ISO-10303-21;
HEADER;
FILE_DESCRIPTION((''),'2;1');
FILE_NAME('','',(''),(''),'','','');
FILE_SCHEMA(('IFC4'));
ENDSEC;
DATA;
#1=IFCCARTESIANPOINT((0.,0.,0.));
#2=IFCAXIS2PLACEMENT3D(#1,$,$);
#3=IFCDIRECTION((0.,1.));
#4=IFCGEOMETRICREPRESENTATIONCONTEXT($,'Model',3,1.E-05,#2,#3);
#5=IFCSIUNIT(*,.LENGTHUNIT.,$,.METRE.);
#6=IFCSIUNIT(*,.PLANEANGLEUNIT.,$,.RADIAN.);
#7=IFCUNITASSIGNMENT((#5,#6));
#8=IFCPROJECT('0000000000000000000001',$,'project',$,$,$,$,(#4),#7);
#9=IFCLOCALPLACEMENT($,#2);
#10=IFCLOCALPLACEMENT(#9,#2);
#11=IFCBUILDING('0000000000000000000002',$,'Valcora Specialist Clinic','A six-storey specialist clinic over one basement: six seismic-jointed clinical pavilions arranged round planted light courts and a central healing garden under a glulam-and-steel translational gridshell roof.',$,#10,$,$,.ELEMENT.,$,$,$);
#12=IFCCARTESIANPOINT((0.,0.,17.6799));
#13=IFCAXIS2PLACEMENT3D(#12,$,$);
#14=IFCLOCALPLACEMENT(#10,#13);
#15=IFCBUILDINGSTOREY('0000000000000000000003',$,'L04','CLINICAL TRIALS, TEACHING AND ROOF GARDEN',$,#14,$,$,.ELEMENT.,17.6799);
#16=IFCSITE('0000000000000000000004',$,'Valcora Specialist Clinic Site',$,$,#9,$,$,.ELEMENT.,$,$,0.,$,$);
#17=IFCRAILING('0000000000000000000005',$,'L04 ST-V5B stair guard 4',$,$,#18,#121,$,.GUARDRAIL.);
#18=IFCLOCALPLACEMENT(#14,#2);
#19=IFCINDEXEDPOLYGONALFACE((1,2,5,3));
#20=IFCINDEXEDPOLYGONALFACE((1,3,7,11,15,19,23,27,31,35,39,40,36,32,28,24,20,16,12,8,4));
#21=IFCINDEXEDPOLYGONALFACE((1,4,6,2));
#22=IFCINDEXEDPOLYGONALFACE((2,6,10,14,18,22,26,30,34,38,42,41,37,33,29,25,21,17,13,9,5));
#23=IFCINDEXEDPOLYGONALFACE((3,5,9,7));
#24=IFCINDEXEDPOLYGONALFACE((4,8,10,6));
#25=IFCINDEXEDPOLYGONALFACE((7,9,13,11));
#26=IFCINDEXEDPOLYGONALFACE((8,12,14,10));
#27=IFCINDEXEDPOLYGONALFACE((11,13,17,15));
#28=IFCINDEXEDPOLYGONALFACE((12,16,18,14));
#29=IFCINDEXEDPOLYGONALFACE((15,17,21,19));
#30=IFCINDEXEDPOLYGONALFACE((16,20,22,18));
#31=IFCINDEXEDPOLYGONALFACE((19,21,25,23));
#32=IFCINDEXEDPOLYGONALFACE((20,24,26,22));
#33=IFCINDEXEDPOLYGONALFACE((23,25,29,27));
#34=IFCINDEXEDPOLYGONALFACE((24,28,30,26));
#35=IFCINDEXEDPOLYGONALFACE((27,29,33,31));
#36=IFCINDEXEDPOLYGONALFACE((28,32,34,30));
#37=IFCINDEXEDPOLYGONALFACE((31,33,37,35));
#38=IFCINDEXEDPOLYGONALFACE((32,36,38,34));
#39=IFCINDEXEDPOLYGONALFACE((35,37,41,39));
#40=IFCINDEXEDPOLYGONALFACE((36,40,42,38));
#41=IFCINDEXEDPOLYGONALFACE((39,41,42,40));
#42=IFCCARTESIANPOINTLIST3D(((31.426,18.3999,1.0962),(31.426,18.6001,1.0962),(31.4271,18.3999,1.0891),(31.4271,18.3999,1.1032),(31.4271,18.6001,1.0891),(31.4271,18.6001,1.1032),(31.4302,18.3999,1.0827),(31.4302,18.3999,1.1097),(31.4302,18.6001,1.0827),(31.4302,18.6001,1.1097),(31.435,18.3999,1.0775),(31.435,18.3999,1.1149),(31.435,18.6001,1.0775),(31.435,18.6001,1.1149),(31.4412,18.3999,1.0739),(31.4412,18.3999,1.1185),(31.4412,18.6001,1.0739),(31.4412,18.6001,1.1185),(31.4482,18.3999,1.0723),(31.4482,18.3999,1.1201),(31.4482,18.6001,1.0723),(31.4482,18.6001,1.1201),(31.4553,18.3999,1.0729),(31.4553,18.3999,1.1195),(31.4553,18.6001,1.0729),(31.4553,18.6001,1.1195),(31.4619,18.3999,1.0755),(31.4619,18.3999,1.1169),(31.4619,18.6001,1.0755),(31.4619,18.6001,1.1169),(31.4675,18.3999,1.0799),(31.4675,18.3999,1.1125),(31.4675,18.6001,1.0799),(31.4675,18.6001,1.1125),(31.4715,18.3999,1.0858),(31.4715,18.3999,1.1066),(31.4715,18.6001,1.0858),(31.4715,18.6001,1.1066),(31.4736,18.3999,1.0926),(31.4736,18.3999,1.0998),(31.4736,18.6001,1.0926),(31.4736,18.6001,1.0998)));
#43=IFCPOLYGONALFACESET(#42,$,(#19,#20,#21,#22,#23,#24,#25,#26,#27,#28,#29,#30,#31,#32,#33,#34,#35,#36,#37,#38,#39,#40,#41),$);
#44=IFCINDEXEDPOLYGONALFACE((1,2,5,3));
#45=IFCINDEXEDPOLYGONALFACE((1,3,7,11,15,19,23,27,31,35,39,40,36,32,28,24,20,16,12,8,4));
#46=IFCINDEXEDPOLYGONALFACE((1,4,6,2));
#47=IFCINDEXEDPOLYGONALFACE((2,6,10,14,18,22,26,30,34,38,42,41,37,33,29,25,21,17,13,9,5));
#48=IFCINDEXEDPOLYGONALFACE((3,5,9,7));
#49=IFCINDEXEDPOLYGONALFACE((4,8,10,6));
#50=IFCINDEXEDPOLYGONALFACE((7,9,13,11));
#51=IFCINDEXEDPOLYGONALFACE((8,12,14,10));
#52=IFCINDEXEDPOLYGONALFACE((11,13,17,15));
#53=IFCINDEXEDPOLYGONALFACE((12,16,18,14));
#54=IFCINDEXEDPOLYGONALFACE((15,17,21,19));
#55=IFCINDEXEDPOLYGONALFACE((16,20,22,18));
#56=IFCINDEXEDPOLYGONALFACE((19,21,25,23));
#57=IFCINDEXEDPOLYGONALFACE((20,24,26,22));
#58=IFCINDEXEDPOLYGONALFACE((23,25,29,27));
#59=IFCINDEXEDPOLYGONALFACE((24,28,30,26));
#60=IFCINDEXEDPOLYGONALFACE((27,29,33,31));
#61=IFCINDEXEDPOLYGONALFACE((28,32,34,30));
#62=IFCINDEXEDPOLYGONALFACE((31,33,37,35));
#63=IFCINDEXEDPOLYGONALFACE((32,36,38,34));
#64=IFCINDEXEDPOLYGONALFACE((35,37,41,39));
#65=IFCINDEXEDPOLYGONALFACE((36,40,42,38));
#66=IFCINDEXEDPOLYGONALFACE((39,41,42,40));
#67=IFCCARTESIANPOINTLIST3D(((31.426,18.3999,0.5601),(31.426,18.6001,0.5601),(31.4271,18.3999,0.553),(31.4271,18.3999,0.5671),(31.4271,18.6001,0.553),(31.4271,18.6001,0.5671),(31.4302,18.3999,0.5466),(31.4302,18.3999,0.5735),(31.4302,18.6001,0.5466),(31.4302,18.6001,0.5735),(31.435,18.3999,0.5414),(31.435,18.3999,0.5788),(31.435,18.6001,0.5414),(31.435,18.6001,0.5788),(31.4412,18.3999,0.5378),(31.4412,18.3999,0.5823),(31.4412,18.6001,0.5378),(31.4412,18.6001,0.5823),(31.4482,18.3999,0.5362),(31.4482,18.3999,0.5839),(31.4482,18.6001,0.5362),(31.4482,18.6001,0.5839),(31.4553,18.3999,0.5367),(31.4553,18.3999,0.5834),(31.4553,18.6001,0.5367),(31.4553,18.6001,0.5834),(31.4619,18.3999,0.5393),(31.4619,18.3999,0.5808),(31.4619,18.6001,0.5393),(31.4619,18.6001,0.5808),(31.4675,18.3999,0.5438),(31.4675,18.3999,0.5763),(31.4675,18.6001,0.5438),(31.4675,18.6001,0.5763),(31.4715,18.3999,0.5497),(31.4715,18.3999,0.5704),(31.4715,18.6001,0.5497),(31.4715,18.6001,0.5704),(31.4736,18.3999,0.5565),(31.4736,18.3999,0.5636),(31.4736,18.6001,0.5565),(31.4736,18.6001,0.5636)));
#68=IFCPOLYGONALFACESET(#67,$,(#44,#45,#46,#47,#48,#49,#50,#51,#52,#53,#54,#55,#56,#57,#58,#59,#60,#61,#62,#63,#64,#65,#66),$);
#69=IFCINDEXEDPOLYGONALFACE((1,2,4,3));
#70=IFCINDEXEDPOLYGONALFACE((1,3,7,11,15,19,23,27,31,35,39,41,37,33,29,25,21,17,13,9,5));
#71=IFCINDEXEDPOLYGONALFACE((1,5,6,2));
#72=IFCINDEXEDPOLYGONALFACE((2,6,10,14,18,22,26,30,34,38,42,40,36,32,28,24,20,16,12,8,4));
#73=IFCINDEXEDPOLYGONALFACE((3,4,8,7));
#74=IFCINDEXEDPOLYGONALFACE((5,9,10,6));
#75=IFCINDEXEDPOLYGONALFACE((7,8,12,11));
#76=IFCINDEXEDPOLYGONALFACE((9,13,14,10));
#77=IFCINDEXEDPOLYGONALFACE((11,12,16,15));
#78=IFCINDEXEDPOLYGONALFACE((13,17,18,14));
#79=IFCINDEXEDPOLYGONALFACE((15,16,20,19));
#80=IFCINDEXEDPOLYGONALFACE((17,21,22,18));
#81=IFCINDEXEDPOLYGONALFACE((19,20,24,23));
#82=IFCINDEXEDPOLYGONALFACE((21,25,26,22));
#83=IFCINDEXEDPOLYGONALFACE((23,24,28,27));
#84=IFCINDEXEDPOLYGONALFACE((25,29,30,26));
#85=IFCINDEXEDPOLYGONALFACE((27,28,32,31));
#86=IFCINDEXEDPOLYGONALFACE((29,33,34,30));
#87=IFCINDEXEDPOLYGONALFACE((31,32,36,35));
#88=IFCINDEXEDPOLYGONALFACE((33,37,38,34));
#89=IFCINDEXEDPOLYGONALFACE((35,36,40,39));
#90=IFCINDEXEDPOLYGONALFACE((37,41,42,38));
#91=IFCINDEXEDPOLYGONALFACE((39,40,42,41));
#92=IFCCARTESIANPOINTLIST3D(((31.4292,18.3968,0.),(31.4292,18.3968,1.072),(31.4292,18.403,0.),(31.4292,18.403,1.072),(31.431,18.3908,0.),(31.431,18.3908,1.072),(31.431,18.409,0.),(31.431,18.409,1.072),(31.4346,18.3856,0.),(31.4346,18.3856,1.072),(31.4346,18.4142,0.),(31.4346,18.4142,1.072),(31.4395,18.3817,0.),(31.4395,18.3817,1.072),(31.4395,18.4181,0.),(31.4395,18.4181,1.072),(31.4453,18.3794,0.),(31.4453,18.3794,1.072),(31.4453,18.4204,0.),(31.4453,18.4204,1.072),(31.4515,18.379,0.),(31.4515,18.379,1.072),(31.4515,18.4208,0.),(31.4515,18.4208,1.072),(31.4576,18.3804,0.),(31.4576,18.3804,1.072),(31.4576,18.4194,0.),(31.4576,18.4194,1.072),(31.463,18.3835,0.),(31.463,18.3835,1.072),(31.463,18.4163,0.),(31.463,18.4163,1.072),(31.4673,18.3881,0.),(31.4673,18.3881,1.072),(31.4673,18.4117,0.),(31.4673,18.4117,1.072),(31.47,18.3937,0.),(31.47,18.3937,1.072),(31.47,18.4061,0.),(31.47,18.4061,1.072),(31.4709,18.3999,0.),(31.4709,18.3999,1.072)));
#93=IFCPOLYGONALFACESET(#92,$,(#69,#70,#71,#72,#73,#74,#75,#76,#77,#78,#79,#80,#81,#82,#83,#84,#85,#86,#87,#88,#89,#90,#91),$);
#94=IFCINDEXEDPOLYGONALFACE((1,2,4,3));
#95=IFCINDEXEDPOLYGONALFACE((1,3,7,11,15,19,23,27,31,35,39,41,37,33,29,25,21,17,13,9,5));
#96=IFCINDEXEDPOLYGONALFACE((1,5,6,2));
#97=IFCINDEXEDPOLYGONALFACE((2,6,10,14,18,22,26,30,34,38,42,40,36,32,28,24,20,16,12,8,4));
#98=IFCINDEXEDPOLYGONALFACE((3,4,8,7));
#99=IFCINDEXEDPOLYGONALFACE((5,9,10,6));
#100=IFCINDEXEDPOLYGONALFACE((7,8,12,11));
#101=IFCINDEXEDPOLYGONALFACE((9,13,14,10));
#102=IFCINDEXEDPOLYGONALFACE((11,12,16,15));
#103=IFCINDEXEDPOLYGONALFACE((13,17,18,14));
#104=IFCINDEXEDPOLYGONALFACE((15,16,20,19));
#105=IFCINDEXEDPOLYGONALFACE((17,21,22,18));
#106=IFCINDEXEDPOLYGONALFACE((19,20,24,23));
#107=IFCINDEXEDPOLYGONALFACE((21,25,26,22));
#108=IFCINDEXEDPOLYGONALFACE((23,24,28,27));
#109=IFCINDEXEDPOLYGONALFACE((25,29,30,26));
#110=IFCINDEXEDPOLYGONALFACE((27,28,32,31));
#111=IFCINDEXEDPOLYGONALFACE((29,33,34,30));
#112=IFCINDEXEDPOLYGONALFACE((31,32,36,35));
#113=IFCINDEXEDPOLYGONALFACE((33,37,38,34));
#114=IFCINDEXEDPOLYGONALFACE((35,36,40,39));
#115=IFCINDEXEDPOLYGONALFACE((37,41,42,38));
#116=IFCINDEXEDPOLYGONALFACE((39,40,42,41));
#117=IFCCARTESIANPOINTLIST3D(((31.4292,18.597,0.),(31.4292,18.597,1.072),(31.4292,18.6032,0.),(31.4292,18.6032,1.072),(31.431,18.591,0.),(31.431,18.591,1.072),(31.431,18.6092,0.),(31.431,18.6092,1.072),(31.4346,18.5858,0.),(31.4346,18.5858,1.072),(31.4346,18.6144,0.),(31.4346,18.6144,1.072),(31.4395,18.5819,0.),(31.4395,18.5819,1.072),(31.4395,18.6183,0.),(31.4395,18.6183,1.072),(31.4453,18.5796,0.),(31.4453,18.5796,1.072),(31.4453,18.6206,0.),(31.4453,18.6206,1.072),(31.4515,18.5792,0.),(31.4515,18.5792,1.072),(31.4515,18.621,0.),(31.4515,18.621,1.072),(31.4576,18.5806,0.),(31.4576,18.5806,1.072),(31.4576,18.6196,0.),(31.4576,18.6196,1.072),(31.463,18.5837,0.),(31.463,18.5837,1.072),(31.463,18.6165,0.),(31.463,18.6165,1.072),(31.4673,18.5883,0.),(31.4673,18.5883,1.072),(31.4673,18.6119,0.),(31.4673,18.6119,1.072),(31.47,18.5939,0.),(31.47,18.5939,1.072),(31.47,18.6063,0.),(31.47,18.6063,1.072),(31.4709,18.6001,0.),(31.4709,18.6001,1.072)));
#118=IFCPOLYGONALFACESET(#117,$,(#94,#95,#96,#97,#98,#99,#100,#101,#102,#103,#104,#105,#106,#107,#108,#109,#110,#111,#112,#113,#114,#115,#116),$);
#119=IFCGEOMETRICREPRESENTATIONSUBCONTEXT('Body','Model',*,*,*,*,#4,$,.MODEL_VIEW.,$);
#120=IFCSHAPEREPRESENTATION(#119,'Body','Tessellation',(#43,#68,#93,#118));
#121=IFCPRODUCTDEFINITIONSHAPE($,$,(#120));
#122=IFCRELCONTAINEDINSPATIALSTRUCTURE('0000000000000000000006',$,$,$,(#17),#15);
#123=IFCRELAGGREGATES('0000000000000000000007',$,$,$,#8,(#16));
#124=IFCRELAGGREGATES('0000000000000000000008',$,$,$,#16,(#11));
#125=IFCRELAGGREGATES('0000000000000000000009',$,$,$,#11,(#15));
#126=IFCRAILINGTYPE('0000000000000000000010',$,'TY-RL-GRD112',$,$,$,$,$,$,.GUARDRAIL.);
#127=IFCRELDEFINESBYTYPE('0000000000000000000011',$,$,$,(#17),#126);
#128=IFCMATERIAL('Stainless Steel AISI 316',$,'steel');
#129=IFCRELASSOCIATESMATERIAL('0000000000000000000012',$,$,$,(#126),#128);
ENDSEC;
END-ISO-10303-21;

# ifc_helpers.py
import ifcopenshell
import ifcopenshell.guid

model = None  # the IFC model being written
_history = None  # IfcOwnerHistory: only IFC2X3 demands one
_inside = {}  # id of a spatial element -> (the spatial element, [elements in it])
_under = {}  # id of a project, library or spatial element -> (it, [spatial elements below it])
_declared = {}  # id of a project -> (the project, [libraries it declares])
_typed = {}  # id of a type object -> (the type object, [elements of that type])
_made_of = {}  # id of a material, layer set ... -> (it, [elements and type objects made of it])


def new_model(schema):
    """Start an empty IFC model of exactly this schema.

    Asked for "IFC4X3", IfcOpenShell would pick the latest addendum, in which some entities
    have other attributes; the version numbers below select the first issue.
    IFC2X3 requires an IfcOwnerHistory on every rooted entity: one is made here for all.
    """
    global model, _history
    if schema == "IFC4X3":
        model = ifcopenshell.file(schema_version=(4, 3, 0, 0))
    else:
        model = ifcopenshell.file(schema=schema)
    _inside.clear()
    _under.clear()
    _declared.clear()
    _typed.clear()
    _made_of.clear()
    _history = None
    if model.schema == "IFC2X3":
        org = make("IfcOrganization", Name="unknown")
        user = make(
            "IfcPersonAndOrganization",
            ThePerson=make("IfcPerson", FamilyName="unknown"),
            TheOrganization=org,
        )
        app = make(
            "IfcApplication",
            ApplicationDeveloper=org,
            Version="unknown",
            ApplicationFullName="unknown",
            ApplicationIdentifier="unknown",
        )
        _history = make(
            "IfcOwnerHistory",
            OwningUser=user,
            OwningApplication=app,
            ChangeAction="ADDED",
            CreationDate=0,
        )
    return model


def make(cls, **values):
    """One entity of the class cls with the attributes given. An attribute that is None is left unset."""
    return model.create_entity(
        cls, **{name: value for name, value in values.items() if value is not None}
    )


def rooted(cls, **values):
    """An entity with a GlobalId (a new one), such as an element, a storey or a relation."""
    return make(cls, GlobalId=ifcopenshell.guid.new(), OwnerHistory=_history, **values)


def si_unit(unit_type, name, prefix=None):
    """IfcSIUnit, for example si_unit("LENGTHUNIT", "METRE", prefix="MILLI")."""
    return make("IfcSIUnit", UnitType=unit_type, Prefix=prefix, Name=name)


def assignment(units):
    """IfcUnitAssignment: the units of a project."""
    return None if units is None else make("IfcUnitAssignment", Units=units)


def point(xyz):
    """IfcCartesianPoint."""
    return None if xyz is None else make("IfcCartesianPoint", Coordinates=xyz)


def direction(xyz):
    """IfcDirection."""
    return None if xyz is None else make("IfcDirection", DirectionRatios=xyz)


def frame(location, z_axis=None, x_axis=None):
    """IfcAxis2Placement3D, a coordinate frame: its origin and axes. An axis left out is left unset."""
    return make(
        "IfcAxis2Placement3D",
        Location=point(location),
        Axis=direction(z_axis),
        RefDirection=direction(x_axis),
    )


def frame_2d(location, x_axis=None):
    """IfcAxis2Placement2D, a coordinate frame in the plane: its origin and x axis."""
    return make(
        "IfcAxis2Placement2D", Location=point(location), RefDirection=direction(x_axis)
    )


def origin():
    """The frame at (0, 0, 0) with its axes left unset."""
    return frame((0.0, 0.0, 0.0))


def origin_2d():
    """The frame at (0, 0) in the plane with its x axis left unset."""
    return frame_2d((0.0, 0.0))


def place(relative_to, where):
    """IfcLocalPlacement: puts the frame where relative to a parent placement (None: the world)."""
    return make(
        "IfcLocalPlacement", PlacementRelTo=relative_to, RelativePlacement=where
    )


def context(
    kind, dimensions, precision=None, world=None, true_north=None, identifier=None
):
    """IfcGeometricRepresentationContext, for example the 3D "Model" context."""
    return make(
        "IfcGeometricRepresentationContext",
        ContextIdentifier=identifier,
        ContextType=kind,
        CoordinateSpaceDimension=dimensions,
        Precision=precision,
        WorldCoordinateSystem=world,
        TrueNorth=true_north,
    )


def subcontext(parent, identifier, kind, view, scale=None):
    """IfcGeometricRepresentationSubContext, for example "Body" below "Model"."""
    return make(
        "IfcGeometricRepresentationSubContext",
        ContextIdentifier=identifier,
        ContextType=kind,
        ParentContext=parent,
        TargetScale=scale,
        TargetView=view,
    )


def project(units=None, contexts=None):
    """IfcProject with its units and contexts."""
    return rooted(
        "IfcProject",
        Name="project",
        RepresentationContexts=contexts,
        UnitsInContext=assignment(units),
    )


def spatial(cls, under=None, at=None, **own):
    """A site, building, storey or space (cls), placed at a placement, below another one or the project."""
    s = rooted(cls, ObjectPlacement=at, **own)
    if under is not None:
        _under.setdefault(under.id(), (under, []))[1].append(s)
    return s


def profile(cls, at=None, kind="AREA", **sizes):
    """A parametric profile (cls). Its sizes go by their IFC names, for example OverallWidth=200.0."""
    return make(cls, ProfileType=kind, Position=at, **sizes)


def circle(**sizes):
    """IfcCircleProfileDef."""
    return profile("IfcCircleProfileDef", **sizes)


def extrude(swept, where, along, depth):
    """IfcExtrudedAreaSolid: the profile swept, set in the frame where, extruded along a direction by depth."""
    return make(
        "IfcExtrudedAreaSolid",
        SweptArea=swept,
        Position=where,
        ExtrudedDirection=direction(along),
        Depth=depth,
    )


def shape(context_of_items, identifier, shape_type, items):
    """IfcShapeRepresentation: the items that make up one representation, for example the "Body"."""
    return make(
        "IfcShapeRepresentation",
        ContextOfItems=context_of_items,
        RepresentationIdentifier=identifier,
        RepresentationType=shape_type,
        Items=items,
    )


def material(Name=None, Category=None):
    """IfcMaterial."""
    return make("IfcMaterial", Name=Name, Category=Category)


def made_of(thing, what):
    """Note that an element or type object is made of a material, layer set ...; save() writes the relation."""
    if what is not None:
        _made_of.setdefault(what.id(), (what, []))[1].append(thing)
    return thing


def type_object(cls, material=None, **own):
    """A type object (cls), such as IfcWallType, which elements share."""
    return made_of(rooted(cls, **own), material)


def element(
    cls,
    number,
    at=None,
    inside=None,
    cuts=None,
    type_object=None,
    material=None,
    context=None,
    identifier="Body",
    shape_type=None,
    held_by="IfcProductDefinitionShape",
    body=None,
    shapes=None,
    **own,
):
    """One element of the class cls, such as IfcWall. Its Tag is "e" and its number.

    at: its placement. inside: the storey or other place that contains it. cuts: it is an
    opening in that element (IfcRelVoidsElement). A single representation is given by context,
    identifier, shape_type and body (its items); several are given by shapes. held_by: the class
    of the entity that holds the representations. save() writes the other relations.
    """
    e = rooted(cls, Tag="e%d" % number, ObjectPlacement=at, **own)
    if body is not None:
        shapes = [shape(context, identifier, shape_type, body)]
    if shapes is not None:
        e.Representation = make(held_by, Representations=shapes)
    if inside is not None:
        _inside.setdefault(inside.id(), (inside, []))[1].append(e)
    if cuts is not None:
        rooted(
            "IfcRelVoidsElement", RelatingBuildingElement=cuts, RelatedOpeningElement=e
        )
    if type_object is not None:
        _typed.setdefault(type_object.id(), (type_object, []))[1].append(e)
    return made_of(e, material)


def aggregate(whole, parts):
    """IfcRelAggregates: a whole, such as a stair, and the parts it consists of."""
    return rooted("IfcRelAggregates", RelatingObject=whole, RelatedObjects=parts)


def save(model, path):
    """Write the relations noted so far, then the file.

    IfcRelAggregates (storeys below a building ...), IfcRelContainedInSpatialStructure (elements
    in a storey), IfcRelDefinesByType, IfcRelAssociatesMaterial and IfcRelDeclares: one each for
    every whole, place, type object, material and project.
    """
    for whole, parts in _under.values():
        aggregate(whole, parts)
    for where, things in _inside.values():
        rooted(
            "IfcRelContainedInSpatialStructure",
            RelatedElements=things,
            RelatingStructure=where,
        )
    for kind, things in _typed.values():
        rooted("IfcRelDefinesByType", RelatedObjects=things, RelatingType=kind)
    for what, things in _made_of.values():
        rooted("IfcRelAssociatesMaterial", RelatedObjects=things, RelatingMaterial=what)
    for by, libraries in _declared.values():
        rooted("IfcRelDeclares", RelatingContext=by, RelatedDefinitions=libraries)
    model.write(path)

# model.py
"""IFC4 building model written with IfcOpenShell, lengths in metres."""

from ifc_helpers import new_model, si_unit, direction, frame, origin, origin_2d, place, context, subcontext, project, spatial, circle, extrude, material, type_object, element, save


model = new_model("IFC4")

# Units and contexts
model_context = context("Model", 3, precision=1e-05, world=origin(), true_north=direction((0.0, 1.0)))
body_context = subcontext(model_context, "Body", "Model", "MODEL_VIEW")
ifc_project = project(units=[si_unit("LENGTHUNIT", "METRE"), si_unit("PLANEANGLEUNIT", "RADIAN")], contexts=[model_context])

# Site, building, storey
site_placement = place(None, origin())
site = spatial("IfcSite", under=ifc_project, at=site_placement, Name="Valcora Specialist Clinic Site", CompositionType="ELEMENT", RefElevation=0.0)
building_placement = place(site_placement, origin())
building = spatial("IfcBuilding", under=site, at=building_placement, Name="Valcora Specialist Clinic", Description="A six-storey specialist clinic over one basement: six seismic-jointed clinical pavilions arranged round planted light courts and a central healing garden under a glulam-and-steel translational gridshell roof.", CompositionType="ELEMENT")
storey_placement = place(building_placement, frame((0.0, 0.0, 17.6799)))
storey = spatial("IfcBuildingStorey", under=building, at=storey_placement, Name="L04", Description="CLINICAL TRIALS, TEACHING AND ROOF GARDEN", CompositionType="ELEMENT", Elevation=17.6799)

# Railing
ifc_material_1 = material(Name="Stainless Steel AISI 316", Category="steel")
railing_type_1 = type_object("IfcRailingType", Name="TY-RL-GRD112", PredefinedType="GUARDRAIL", material=ifc_material_1)
railing_1_placement = place(storey_placement, frame((31.45, 18.3999, 0.0)))
element("IfcRailing", 1, at=railing_1_placement, inside=storey, type_object=railing_type_1, Name="L04 ST-V5B stair guard 4", PredefinedType="GUARDRAIL", context=body_context, shape_type="SweptSolid", body=[
    extrude(circle(Radius=0.0239, at=origin_2d()), frame((0.0, 0.0, 1.0962), z_axis=(0.0, 1.0, 0.0), x_axis=(-1.0, 0.0, 0.0)), (0.0, 0.0, 1.0), 0.2002),
    extrude(circle(Radius=0.0239, at=origin_2d()), frame((0.0, 0.0, 0.5601), z_axis=(0.0, 1.0, 0.0), x_axis=(-1.0, 0.0, 0.0)), (0.0, 0.0, 1.0), 0.2002),
    extrude(circle(Radius=0.021, at=origin_2d()), origin(), (0.0, 0.0, 1.0), 1.072),
    extrude(circle(Radius=0.021, at=origin_2d()), frame((0.0, 0.2002, 0.0)), (0.0, 0.0, 1.0), 1.072),
])

save(model, "model.ifc")
